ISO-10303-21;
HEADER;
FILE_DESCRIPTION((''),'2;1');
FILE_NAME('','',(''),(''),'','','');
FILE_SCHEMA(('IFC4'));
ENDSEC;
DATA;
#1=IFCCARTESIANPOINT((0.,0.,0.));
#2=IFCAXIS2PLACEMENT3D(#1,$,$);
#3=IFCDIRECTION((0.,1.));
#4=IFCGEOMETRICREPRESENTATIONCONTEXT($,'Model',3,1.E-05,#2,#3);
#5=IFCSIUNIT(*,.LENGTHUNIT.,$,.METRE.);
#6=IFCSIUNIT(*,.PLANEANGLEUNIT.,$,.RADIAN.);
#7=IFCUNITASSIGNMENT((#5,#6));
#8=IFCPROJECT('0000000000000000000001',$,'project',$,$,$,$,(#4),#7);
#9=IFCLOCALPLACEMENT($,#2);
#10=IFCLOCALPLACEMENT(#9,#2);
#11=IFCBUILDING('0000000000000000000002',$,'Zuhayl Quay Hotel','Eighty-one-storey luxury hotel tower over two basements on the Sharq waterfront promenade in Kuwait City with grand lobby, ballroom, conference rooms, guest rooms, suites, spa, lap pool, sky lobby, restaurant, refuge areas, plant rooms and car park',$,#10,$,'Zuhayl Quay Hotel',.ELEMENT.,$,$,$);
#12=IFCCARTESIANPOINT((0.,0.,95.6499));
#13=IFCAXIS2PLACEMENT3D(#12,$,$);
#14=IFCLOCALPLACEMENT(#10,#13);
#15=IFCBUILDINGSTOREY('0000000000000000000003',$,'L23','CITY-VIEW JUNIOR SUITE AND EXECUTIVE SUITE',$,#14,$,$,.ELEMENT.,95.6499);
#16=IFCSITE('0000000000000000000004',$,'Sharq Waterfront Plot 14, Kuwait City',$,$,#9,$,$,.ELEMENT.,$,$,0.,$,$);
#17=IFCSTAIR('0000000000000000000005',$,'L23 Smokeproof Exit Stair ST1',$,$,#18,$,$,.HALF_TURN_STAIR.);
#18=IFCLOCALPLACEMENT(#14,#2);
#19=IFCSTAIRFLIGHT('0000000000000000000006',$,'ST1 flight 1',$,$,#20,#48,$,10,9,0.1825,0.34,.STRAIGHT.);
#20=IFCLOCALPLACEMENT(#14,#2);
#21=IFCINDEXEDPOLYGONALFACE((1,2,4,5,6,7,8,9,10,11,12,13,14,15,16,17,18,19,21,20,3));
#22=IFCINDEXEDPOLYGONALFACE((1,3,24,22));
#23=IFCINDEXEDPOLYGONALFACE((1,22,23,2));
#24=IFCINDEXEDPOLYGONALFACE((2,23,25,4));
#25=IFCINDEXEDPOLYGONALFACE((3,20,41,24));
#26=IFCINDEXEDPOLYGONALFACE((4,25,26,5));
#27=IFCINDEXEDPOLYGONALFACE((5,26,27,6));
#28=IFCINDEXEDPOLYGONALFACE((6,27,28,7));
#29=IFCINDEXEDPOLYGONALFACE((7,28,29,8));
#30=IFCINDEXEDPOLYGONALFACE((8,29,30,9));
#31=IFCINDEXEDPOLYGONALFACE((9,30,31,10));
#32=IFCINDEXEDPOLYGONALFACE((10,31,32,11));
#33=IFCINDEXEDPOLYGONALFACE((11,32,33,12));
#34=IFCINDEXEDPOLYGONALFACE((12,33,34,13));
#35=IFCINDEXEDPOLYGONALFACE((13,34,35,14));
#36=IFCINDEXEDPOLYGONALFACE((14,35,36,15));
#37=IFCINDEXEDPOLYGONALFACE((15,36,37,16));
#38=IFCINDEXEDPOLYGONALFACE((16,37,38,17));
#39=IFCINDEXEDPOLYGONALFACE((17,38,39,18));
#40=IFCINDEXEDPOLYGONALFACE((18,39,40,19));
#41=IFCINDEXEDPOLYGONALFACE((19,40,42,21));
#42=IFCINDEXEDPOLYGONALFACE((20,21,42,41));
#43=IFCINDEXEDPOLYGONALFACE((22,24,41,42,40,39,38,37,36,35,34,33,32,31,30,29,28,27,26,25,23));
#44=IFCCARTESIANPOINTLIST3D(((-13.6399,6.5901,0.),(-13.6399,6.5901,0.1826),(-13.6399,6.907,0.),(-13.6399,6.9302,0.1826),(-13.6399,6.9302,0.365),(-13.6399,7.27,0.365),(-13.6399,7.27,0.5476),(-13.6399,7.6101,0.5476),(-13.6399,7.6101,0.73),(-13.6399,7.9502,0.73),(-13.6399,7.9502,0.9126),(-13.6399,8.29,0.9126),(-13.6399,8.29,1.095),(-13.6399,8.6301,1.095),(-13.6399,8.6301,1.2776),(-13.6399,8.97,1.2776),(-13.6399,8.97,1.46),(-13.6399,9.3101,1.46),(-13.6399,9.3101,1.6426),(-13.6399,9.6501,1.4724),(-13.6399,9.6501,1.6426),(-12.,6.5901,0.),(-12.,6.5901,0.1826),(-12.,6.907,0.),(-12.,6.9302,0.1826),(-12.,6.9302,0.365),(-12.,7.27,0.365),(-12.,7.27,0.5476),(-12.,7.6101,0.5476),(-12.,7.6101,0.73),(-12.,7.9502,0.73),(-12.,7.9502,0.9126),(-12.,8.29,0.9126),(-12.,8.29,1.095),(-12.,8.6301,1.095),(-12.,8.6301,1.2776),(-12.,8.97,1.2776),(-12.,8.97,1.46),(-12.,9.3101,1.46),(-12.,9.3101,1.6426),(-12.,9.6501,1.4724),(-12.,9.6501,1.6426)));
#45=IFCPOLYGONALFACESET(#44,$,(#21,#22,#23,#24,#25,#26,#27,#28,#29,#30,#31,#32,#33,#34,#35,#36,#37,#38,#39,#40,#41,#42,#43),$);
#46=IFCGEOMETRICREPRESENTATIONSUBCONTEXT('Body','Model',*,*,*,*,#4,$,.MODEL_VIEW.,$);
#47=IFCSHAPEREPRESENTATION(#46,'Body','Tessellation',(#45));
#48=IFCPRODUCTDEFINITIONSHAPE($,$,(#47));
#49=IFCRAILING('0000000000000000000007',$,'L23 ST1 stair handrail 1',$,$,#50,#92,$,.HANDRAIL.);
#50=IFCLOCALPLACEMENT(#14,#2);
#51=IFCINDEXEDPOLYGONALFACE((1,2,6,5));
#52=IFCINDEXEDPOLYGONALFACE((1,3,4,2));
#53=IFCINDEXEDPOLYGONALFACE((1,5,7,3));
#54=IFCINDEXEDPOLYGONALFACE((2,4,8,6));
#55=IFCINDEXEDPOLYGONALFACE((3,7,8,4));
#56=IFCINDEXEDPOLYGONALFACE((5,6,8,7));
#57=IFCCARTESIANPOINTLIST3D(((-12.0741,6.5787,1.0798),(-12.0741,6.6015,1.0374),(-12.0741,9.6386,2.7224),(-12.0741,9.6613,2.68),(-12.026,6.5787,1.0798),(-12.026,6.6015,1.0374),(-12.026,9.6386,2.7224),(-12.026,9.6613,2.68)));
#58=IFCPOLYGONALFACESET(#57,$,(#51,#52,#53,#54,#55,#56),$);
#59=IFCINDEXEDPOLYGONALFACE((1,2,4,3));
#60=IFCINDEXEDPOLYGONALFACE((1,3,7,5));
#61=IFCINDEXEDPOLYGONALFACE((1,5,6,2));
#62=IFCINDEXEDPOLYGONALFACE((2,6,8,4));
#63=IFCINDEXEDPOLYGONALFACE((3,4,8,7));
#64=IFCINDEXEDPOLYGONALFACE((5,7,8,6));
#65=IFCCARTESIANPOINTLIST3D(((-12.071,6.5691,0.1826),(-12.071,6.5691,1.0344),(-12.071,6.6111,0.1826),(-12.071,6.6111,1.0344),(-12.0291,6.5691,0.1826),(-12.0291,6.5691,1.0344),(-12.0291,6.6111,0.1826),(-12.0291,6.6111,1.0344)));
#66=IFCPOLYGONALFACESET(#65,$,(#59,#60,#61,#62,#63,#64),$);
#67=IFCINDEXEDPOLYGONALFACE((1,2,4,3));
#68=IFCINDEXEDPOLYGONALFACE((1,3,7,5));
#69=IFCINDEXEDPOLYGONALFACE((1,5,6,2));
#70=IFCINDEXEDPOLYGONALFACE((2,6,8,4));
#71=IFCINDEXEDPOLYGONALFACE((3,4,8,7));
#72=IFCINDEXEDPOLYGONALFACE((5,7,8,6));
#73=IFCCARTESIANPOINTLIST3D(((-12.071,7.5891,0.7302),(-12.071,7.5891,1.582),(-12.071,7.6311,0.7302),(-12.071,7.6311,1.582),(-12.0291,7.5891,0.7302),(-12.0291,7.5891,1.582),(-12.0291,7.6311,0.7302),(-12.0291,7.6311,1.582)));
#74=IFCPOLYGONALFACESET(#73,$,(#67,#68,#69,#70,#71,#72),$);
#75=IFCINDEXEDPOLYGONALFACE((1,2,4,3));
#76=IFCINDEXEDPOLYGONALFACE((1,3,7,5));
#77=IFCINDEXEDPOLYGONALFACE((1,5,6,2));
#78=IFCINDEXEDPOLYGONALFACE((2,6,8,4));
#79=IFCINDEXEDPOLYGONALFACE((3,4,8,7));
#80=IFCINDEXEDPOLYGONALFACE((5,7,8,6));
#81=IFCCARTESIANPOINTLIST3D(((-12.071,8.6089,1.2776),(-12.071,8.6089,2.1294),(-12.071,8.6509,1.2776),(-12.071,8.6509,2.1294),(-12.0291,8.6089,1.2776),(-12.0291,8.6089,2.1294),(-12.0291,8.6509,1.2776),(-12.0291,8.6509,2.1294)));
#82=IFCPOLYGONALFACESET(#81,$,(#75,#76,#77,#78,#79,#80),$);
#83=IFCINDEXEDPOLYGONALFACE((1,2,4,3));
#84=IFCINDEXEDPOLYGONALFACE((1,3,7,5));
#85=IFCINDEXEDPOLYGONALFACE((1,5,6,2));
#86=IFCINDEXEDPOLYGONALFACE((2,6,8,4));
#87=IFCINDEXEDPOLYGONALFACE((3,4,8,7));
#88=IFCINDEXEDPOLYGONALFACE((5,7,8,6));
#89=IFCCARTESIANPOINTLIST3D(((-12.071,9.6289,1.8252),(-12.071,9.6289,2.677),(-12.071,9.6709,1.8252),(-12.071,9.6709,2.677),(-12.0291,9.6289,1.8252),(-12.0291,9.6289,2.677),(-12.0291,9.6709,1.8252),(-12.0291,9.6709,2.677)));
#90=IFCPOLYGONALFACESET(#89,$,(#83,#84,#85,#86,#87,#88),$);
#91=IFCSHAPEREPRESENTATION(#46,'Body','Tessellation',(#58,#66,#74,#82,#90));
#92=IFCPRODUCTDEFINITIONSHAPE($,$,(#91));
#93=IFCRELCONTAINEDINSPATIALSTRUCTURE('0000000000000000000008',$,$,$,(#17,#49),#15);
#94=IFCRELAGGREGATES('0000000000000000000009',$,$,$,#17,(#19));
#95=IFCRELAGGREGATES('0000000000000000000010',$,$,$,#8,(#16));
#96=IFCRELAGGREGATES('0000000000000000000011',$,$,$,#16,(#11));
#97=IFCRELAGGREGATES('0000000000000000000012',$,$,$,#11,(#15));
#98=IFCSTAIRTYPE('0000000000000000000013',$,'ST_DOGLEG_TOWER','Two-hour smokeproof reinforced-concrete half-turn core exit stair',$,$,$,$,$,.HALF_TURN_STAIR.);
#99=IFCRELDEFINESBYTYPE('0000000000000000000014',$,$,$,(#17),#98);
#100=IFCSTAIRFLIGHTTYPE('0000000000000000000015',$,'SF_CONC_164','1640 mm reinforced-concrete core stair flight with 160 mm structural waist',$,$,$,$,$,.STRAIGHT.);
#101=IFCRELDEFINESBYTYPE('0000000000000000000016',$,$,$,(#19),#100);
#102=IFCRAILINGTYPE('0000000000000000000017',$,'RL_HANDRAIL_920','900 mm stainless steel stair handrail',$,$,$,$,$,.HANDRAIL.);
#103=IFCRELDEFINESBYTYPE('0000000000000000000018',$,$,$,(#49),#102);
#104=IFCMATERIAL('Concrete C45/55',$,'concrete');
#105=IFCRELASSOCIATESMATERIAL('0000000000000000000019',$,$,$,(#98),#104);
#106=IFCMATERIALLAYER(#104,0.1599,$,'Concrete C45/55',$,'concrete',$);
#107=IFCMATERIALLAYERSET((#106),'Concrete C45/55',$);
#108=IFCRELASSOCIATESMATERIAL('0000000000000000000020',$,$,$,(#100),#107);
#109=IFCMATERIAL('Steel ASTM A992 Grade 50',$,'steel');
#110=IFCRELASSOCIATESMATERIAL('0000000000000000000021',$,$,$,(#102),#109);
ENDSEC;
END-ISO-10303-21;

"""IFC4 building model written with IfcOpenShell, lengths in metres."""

from ifc_helpers import new_model, si_unit, direction, frame, origin, origin_2d, place, context, subcontext, project, spatial, polyline, rectangle, outline, extrude, material, layer, layer_set, type_object, element, aggregate, save


model = new_model("IFC4")

# Units and contexts
model_context = context("Model", 3, precision=1e-05, world=origin(), true_north=direction((0.0, 1.0)))
body_context = subcontext(model_context, "Body", "Model", "MODEL_VIEW")
ifc_project = project(units=[si_unit("LENGTHUNIT", "METRE"), si_unit("PLANEANGLEUNIT", "RADIAN")], contexts=[model_context])

# Site, building, storey
site_placement = place(None, origin())
site = spatial("IfcSite", under=ifc_project, at=site_placement, Name="Sharq Waterfront Plot 14, Kuwait City", CompositionType="ELEMENT", RefElevation=0.0)
building_placement = place(site_placement, origin())
building = spatial("IfcBuilding", under=site, at=building_placement, Name="Zuhayl Quay Hotel", Description="Eighty-one-storey luxury hotel tower over two basements on the Sharq waterfront promenade in Kuwait City with grand lobby, ballroom, conference rooms, guest rooms, suites, spa, lap pool, sky lobby, restaurant, refuge areas, plant rooms and car park", LongName="Zuhayl Quay Hotel", CompositionType="ELEMENT")
storey_placement = place(building_placement, frame((0.0, 0.0, 95.6499)))
storey = spatial("IfcBuildingStorey", under=building, at=storey_placement, Name="L23", Description="CITY-VIEW JUNIOR SUITE AND EXECUTIVE SUITE", CompositionType="ELEMENT", Elevation=95.6499)

# Shared definitions
ifc_material_1 = material(Name="Steel ASTM A992 Grade 50", Category="steel")

# Stair, stair flight
ifc_material_2 = material(Name="Concrete C45/55", Category="concrete")
stair_type = type_object("IfcStairType", Name="ST_DOGLEG_TOWER", Description="Two-hour smokeproof reinforced-concrete half-turn core exit stair", PredefinedType="HALF_TURN_STAIR", material=ifc_material_2)
stair_placement = place(storey_placement, origin())
stair = element("IfcStair", 1, at=stair_placement, inside=storey, type_object=stair_type, Name="L23 Smokeproof Exit Stair ST1", PredefinedType="HALF_TURN_STAIR")
ifc_layer_1 = layer(ifc_material_2, 0.1599, Name="Concrete C45/55", Category="concrete")
ifc_layer_set_1 = layer_set([ifc_layer_1], Name="Concrete C45/55")
stair_flight_type = type_object("IfcStairFlightType", Name="SF_CONC_164", Description="1640 mm reinforced-concrete core stair flight with 160 mm structural waist", PredefinedType="STRAIGHT", material=ifc_layer_set_1)
stair_flight_placement = place(storey_placement, frame((-12.8201, 6.5901, 0.0), z_axis=(0.0, 0.0, 1.0), x_axis=(0.0, 1.0, 0.0)))
stair_flight = element("IfcStairFlight", 2, at=stair_flight_placement, type_object=stair_flight_type, Name="ST1 flight 1", NumberOfRisers=10, NumberOfTreads=9, PredefinedType="STRAIGHT", RiserHeight=0.1825, TreadLength=0.34, context=body_context, shape_type="SweptSolid", body=[
    extrude(outline(polyline([(0.0, 0.0), (0.0, 0.1826), (0.3401, 0.1826), (0.3401, 0.365), (0.6799, 0.365), (0.6799, 0.5476), (1.02, 0.5476), (1.02, 0.73), (1.3601, 0.73), (1.3601, 0.9126), (1.7, 0.9126), (1.7, 1.095), (2.04, 1.095), (2.04, 1.2776), (2.3799, 1.2776), (2.3799, 1.46), (2.72, 1.46), (2.72, 1.6426), (3.0601, 1.6426), (3.0601, 1.825), (3.0601, 1.4724), (0.3169, 0.0), (0.0, 0.0)])), frame((0.0, 0.8198, 0.0), z_axis=(0.0, -1.0, 0.0), x_axis=(1.0, 0.0, 0.0)), (0.0, 0.0, 1.0), 1.6399),
])
aggregate(stair, [stair_flight])

# Railing
railing_type = type_object("IfcRailingType", Name="RL_HANDRAIL_920", Description="900 mm stainless steel stair handrail", PredefinedType="HANDRAIL", material=ifc_material_1)
railing_placement = place(storey_placement, frame((-12.05, 6.5901, 0.1826)))
element("IfcRailing", 3, at=railing_placement, inside=storey, type_object=railing_type, Name="L23 ST1 stair handrail 1", PredefinedType="HANDRAIL", context=body_context, shape_type="SweptSolid", body=[
    extrude(rectangle(XDim=0.0481, YDim=0.0481, at=origin_2d()), frame((0.0, 0.0, 0.876), z_axis=(0.0, 0.881073, 0.47298), x_axis=(-1.0, 0.0, 0.0)), (0.0, 0.0, 1.0), 3.4729),
    extrude(rectangle(XDim=0.042, YDim=0.042, at=origin_2d()), origin(), (0.0, 0.0, 1.0), 0.8518),
    extrude(rectangle(XDim=0.042, YDim=0.042, at=origin_2d()), frame((0.0, 1.02, 0.5476)), (0.0, 0.0, 1.0), 0.8518),
    extrude(rectangle(XDim=0.042, YDim=0.042, at=origin_2d()), frame((0.0, 2.0398, 1.095)), (0.0, 0.0, 1.0), 0.8518),
    extrude(rectangle(XDim=0.042, YDim=0.042, at=origin_2d()), frame((0.0, 3.0598, 1.6426)), (0.0, 0.0, 1.0), 0.8518),
])

save(model, "model.ifc")
